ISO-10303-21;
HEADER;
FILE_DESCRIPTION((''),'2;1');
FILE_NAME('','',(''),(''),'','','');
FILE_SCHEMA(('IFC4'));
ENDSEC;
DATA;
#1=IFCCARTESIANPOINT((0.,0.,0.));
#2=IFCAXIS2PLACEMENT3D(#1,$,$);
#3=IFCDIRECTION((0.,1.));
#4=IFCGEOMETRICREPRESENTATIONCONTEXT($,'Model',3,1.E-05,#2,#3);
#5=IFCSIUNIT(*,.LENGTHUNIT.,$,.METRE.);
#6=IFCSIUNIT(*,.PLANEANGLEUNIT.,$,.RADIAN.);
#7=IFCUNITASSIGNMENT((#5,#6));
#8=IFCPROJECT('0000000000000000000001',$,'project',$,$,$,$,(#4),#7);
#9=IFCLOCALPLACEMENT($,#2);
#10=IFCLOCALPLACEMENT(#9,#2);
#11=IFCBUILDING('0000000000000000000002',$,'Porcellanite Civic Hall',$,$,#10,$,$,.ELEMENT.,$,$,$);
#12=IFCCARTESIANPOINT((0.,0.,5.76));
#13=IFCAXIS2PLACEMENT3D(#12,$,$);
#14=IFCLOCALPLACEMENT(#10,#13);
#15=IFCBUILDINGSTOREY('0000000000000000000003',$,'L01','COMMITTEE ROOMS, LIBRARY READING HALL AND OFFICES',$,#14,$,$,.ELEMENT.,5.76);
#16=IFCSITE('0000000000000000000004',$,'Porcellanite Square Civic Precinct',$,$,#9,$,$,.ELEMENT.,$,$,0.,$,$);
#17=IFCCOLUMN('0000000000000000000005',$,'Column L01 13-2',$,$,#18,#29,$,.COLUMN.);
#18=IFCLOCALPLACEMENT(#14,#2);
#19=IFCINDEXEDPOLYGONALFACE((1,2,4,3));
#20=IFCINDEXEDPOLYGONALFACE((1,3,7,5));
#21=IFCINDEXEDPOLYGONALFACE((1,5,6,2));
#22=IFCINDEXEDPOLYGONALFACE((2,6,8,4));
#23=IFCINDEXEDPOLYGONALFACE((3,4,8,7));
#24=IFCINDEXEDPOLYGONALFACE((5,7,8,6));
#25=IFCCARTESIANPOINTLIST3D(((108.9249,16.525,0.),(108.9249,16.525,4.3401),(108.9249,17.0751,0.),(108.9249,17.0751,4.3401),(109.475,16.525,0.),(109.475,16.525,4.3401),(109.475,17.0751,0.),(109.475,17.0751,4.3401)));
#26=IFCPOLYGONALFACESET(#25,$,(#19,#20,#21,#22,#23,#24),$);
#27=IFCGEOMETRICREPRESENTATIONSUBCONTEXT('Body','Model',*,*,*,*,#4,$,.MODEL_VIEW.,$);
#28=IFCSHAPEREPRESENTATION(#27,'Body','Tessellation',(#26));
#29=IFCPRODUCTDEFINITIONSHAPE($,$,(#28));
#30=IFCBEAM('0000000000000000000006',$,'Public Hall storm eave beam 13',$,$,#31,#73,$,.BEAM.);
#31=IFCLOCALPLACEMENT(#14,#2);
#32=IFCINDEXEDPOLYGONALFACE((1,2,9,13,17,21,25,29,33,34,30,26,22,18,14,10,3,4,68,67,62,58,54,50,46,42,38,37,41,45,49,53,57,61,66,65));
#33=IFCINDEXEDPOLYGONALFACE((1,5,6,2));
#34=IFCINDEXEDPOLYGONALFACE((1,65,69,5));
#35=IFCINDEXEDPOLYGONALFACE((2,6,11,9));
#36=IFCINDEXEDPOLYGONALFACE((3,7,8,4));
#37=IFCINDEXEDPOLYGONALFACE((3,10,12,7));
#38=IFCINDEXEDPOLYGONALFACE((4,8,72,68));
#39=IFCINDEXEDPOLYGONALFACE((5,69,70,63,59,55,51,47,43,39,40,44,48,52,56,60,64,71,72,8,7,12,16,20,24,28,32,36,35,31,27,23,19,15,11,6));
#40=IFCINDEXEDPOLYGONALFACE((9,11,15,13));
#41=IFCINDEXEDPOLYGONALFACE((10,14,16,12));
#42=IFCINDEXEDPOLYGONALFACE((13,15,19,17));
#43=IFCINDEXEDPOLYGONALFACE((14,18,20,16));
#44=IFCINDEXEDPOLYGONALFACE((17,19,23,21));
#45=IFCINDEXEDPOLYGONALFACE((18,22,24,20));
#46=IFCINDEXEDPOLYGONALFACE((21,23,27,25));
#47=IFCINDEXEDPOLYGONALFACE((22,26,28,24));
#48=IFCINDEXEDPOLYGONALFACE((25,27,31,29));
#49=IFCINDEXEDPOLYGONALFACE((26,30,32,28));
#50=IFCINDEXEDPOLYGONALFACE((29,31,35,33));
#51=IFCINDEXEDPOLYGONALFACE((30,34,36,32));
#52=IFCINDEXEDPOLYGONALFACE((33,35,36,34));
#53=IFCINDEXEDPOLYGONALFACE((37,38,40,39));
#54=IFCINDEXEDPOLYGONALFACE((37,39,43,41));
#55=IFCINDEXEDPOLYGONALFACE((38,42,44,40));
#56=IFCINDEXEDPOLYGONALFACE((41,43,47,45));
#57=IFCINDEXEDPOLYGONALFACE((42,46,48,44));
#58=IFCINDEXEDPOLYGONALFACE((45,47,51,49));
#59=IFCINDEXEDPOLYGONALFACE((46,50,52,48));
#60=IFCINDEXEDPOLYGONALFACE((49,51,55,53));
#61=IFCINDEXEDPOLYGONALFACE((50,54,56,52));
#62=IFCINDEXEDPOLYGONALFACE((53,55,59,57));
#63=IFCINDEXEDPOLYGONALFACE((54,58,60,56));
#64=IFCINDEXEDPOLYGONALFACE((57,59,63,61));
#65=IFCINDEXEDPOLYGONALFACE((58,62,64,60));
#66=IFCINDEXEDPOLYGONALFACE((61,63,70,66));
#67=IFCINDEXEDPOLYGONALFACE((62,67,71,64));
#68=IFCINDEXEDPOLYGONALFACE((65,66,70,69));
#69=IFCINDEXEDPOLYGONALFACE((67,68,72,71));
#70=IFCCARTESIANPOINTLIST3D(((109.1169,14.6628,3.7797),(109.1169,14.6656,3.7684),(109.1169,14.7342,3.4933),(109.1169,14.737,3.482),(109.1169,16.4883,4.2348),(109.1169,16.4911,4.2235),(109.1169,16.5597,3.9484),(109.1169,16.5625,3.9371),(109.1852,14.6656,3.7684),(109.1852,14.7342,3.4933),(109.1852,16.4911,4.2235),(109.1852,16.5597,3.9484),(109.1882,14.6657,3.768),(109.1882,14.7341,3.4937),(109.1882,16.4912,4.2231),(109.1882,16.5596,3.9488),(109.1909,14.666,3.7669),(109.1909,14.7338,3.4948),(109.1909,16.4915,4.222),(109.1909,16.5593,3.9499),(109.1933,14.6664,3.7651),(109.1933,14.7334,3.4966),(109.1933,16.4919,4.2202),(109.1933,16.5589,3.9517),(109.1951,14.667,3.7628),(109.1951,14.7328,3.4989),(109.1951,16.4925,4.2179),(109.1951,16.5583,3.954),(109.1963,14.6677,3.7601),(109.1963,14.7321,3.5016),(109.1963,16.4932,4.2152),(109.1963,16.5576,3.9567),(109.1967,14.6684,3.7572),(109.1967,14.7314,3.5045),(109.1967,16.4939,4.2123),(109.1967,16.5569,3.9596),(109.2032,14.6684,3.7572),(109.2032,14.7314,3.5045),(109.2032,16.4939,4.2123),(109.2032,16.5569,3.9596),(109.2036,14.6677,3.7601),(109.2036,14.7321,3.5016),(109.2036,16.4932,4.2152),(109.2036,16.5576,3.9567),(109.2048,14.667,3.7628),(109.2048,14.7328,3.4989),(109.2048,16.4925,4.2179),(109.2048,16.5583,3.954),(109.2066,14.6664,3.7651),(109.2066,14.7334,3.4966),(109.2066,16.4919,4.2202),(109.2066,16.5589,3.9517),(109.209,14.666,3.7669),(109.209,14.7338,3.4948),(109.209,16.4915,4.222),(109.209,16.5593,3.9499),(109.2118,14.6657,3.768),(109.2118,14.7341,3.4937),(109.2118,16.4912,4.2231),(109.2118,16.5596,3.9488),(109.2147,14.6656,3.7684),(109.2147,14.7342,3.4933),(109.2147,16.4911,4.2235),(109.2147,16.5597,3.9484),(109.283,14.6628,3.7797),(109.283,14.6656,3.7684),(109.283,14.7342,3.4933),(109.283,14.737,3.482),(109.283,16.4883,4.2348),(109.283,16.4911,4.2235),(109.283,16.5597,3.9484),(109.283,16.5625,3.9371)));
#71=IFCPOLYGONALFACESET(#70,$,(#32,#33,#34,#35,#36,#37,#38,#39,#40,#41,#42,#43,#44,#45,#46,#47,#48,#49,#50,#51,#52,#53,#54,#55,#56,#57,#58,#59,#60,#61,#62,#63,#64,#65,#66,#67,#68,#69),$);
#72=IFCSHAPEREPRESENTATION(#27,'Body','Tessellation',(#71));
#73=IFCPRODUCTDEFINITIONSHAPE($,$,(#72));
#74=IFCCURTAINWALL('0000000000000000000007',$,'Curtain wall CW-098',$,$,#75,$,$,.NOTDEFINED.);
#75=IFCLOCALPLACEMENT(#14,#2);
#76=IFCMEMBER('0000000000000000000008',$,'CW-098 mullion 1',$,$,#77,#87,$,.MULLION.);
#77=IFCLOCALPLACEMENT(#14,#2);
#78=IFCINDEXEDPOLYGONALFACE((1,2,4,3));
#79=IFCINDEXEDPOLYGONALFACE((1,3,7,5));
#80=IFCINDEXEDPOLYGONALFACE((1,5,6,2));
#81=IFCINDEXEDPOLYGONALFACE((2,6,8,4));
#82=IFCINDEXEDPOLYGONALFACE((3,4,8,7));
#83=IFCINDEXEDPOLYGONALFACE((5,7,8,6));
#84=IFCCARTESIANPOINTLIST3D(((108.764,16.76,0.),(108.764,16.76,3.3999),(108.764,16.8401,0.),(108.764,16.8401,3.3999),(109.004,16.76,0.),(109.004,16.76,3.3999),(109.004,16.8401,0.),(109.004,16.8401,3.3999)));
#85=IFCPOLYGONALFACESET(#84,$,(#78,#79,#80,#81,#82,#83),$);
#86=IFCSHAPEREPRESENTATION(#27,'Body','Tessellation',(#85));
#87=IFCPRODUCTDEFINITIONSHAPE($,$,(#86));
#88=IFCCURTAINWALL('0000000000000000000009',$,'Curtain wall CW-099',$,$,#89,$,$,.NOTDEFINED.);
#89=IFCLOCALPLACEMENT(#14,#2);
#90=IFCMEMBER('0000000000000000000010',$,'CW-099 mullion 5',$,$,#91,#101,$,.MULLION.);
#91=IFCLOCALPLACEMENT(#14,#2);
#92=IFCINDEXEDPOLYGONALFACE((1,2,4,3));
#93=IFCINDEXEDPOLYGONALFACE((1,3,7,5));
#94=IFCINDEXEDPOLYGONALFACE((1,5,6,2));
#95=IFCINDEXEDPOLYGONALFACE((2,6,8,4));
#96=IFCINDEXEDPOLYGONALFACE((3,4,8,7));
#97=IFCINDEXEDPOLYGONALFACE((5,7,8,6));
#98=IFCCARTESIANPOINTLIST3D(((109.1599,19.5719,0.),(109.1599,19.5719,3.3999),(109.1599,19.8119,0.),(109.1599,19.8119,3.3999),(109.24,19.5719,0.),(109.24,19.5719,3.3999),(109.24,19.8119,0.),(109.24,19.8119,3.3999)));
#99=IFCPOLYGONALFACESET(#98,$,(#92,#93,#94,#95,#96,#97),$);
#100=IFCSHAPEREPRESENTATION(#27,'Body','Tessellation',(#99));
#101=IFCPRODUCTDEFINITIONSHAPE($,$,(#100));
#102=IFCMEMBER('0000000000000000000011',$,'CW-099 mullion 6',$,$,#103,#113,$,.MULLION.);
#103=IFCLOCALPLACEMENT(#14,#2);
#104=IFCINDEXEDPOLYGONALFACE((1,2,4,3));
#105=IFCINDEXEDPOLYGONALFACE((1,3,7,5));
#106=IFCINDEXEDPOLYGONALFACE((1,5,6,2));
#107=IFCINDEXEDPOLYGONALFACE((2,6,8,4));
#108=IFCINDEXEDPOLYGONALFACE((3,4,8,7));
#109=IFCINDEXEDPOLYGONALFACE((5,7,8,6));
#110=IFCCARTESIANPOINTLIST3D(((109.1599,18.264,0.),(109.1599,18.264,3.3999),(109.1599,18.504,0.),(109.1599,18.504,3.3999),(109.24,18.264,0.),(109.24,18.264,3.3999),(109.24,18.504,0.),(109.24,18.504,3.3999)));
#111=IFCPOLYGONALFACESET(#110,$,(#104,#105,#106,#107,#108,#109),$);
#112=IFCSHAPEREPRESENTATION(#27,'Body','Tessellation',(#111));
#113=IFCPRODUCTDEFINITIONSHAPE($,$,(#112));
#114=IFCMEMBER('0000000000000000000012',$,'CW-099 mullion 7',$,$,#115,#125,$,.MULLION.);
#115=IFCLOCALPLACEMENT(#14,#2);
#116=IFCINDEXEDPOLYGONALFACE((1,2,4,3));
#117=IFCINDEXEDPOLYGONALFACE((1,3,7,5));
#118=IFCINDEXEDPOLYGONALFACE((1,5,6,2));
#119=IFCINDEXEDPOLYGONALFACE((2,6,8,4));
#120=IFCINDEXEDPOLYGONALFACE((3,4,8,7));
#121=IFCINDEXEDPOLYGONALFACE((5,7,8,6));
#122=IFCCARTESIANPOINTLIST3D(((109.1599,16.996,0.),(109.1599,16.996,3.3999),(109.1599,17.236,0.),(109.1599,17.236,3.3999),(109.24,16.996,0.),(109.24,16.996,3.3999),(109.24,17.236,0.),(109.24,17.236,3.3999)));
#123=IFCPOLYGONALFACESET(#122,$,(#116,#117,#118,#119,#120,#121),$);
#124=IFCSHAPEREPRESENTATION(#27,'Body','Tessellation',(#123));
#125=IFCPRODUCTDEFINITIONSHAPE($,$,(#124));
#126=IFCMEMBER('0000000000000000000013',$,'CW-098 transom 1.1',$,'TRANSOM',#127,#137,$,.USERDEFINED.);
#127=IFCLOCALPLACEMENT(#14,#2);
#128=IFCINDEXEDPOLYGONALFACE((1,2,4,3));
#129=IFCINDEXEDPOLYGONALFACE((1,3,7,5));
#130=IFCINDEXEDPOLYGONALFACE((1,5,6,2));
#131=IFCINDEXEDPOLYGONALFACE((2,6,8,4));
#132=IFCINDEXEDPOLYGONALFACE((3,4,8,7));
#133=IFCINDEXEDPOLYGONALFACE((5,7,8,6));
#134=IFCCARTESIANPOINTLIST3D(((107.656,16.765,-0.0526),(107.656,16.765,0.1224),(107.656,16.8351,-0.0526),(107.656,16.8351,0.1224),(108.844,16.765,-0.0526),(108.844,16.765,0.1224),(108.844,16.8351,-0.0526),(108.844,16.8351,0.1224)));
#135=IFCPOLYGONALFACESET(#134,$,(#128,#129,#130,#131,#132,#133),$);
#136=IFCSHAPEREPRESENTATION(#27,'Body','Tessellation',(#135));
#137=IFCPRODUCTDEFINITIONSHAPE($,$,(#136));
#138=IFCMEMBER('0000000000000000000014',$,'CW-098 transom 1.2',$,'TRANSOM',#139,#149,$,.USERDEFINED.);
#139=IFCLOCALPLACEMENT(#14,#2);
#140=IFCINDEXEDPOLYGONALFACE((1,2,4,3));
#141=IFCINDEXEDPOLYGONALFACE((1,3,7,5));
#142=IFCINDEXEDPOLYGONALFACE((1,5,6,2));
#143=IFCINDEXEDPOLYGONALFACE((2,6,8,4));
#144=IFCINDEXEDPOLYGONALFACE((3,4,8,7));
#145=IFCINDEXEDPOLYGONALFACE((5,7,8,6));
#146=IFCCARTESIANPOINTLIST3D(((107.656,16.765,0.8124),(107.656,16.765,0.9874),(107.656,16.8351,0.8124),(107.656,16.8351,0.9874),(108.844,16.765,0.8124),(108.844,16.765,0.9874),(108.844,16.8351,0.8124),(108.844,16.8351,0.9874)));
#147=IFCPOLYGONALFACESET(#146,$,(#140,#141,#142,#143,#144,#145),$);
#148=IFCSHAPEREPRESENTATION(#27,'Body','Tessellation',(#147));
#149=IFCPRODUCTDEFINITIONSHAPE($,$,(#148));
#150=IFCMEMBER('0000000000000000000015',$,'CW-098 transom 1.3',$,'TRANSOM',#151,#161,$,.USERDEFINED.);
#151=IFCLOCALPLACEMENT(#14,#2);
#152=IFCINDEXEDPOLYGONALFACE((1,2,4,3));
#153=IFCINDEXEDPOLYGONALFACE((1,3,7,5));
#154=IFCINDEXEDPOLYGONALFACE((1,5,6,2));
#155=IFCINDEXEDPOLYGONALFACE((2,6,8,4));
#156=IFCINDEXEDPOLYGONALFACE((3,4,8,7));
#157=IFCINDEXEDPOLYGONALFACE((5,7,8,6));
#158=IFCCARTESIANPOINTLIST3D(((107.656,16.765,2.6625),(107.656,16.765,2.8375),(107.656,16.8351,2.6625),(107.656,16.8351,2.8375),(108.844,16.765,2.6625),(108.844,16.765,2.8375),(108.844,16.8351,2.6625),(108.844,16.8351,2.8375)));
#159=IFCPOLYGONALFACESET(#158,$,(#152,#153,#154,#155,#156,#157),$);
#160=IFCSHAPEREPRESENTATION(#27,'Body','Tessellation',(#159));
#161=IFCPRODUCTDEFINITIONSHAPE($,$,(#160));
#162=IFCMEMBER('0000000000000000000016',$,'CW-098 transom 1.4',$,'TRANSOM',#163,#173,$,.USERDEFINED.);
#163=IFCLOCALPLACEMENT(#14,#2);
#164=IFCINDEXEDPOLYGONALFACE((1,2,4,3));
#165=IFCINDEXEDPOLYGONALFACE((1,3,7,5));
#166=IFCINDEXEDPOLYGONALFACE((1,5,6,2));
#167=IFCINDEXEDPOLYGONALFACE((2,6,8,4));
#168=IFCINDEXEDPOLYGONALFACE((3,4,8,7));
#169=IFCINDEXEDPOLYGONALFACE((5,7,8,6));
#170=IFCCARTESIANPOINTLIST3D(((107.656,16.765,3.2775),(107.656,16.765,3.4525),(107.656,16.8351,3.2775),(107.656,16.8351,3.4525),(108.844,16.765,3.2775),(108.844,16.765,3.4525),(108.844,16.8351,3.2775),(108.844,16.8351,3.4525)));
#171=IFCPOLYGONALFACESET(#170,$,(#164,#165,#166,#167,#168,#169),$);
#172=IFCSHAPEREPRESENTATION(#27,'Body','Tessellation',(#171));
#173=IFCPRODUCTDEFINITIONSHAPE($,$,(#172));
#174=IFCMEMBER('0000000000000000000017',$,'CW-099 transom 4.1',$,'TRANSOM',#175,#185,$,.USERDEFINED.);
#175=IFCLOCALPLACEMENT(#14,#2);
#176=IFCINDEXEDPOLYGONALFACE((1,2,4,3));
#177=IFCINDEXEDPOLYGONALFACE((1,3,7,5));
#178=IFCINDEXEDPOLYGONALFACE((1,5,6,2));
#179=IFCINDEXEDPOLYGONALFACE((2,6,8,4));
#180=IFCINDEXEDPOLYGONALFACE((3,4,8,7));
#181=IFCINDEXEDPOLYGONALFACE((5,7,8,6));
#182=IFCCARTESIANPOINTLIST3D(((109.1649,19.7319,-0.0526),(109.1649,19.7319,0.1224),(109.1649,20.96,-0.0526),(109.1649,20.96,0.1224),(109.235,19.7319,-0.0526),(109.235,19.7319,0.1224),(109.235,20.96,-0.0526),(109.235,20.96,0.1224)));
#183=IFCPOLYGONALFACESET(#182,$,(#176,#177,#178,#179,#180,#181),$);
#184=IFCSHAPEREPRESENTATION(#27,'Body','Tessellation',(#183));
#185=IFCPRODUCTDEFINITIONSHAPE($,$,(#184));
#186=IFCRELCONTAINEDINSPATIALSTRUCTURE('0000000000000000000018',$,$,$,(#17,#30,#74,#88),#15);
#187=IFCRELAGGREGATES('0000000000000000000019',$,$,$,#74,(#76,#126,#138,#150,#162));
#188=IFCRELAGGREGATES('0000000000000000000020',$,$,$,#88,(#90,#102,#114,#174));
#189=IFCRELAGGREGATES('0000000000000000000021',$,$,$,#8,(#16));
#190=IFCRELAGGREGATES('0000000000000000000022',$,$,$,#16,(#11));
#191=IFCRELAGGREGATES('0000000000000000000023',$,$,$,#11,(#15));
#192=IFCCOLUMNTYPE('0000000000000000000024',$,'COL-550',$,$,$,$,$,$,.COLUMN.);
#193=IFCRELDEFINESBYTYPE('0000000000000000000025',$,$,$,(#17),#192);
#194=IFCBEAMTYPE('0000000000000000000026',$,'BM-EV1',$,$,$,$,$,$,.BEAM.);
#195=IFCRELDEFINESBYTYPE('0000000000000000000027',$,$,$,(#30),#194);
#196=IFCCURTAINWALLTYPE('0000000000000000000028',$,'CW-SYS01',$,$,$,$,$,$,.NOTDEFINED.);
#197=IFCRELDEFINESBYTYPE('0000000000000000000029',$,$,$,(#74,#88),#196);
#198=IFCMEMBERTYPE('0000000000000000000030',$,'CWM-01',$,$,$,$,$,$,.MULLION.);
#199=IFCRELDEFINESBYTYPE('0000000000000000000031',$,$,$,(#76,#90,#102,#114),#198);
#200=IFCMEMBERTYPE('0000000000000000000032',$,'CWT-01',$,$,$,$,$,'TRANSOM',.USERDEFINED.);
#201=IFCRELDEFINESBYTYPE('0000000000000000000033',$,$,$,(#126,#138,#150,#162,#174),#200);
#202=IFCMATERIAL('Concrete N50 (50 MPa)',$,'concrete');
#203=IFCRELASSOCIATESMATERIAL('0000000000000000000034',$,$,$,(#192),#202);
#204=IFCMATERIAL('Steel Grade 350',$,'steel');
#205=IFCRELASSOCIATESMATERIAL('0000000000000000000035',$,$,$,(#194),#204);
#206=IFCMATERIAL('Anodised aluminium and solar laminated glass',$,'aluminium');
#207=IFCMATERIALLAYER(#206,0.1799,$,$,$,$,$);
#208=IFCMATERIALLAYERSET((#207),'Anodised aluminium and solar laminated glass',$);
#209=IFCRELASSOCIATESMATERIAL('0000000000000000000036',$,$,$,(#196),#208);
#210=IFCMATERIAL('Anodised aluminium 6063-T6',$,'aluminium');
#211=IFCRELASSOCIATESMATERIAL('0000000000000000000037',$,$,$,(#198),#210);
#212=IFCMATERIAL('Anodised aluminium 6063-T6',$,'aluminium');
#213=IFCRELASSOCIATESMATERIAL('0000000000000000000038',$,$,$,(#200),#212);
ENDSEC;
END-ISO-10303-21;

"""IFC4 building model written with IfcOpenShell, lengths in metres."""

from ifc_helpers import new_model, si_unit, direction, frame, origin, origin_2d, place, context, subcontext, project, spatial, rectangle, i_section, extrude, material, layer, layer_set, material_profile, profile_set, type_object, element, aggregate, save


model = new_model("IFC4")

# Units and contexts
model_context = context("Model", 3, precision=1e-05, world=origin(), true_north=direction((0.0, 1.0)))
body_context = subcontext(model_context, "Body", "Model", "MODEL_VIEW")
ifc_project = project(units=[si_unit("LENGTHUNIT", "METRE"), si_unit("PLANEANGLEUNIT", "RADIAN")], contexts=[model_context])

# Site, building, storey
site_placement = place(None, origin())
site = spatial("IfcSite", under=ifc_project, at=site_placement, Name="Porcellanite Square Civic Precinct", CompositionType="ELEMENT", RefElevation=0.0)
building_placement = place(site_placement, origin())
building = spatial("IfcBuilding", under=site, at=building_placement, Name="Porcellanite Civic Hall", CompositionType="ELEMENT")
storey_placement = place(building_placement, frame((0.0, 0.0, 5.76)))
storey = spatial("IfcBuildingStorey", under=building, at=storey_placement, Name="L01", Description="COMMITTEE ROOMS, LIBRARY READING HALL AND OFFICES", CompositionType="ELEMENT", Elevation=5.76)

# Column
ifc_material_1 = material(Name="Concrete N50 (50 MPa)", Category="concrete")
ifc_material_profile_1 = material_profile(ifc_material_1, rectangle(XDim=0.55, YDim=0.55, at=origin_2d()), Name="RC-550x550")
ifc_profile_set_1 = profile_set([ifc_material_profile_1], Name="Concrete N50 (50 MPa)")
column_type = type_object("IfcColumnType", Name="COL-550", PredefinedType="COLUMN", material=ifc_profile_set_1)
column_placement = place(storey_placement, frame((109.2, 16.8, 0.0), z_axis=(0.0, 0.0, 1.0), x_axis=(1.0, 0.0, 0.0)))
element("IfcColumn", 1, at=column_placement, inside=storey, type_object=column_type, Name="Column L01 13-2", PredefinedType="COLUMN", context=body_context, shape_type="SweptSolid", body=[
    extrude(rectangle(XDim=0.55, YDim=0.55, at=origin_2d()), origin(), (0.0, 0.0, 1.0), 4.3401),
])

# Beam
ifc_material_2 = material(Name="Steel Grade 350", Category="steel")
ifc_material_profile_2 = material_profile(ifc_material_2, i_section(OverallWidth=0.166, OverallDepth=0.3069, WebThickness=0.0066, FlangeThickness=0.0117, FilletRadius=0.0115, at=origin_2d()), Name="310UB46.2")
ifc_profile_set_2 = profile_set([ifc_material_profile_2], Name="Steel Grade 350")
beam_type_1 = type_object("IfcBeamType", Name="BM-EV1", PredefinedType="BEAM", material=ifc_profile_set_2)
beam_1_placement = place(storey_placement, frame((109.2, 16.5254, 4.0859), z_axis=(0.0, -0.970303, -0.241894), x_axis=(1.0, 0.0, 0.0)))
element("IfcBeam", 2, at=beam_1_placement, inside=storey, type_object=beam_type_1, Name="Public Hall storm eave beam 13", PredefinedType="BEAM", context=body_context, shape_type="SweptSolid", body=[
    extrude(i_section(OverallWidth=0.166, OverallDepth=0.3069, WebThickness=0.0066, FlangeThickness=0.0117, FilletRadius=0.0115, at=origin_2d()), origin(), (0.0, 0.0, 1.0), 1.8813),
])

# Curtain wall, member
ifc_material_3 = material(Name="Anodised aluminium and solar laminated glass", Category="aluminium")
ifc_layer_1 = layer(ifc_material_3, 0.1799)
ifc_layer_set_1 = layer_set([ifc_layer_1], Name="Anodised aluminium and solar laminated glass")
curtain_wall_type = type_object("IfcCurtainWallType", Name="CW-SYS01", PredefinedType="NOTDEFINED", material=ifc_layer_set_1)
curtain_wall_1_placement = place(storey_placement, origin())
curtain_wall_1 = element("IfcCurtainWall", 3, at=curtain_wall_1_placement, inside=storey, type_object=curtain_wall_type, Name="Curtain wall CW-098", PredefinedType="NOTDEFINED")
ifc_material_4 = material(Name="Anodised aluminium 6063-T6", Category="aluminium")
ifc_material_profile_3 = material_profile(ifc_material_4, rectangle(XDim=0.0801, YDim=0.24, at=origin_2d()), Name="AL-80x240")
ifc_profile_set_3 = profile_set([ifc_material_profile_3], Name="Anodised aluminium 6063-T6")
member_type_1 = type_object("IfcMemberType", Name="CWM-01", PredefinedType="MULLION", material=ifc_profile_set_3)
member_1_placement = place(storey_placement, frame((108.884, 16.8, 0.0), z_axis=(0.0, 0.0, 1.0), x_axis=(0.0, -1.0, 0.0)))
member_1 = element("IfcMember", 4, at=member_1_placement, type_object=member_type_1, Name="CW-098 mullion 1", PredefinedType="MULLION", context=body_context, shape_type="SweptSolid", body=[
    extrude(rectangle(XDim=0.0801, YDim=0.24, at=origin_2d()), origin(), (0.0, 0.0, 1.0), 3.3999),
])

# Curtain wall, members
curtain_wall_2_placement = place(storey_placement, origin())
curtain_wall_2 = element("IfcCurtainWall", 5, at=curtain_wall_2_placement, inside=storey, type_object=curtain_wall_type, Name="Curtain wall CW-099", PredefinedType="NOTDEFINED")
member_2_placement = place(storey_placement, frame((109.2, 19.6919, 0.0), z_axis=(0.0, 0.0, 1.0), x_axis=(1.0, 0.0, 0.0)))
member_2 = element("IfcMember", 6, at=member_2_placement, type_object=member_type_1, Name="CW-099 mullion 5", PredefinedType="MULLION", context=body_context, shape_type="SweptSolid", body=[
    extrude(rectangle(XDim=0.0801, YDim=0.24, at=origin_2d()), origin(), (0.0, 0.0, 1.0), 3.3999),
])
member_3_placement = place(storey_placement, frame((109.2, 18.384, 0.0), z_axis=(0.0, 0.0, 1.0), x_axis=(1.0, 0.0, 0.0)))
member_3 = element("IfcMember", 7, at=member_3_placement, type_object=member_type_1, Name="CW-099 mullion 6", PredefinedType="MULLION", context=body_context, shape_type="SweptSolid", body=[
    extrude(rectangle(XDim=0.0801, YDim=0.24, at=origin_2d()), origin(), (0.0, 0.0, 1.0), 3.3999),
])
member_4_placement = place(storey_placement, frame((109.2, 17.116, 0.0), z_axis=(0.0, 0.0, 1.0), x_axis=(1.0, 0.0, 0.0)))
member_4 = element("IfcMember", 8, at=member_4_placement, type_object=member_type_1, Name="CW-099 mullion 7", PredefinedType="MULLION", context=body_context, shape_type="SweptSolid", body=[
    extrude(rectangle(XDim=0.0801, YDim=0.24, at=origin_2d()), origin(), (0.0, 0.0, 1.0), 3.3999),
])

# Members
ifc_material_5 = material(Name="Anodised aluminium 6063-T6", Category="aluminium")
ifc_material_profile_4 = material_profile(ifc_material_5, rectangle(XDim=0.0701, YDim=0.175, at=origin_2d()), Name="AL-70x175")
ifc_profile_set_4 = profile_set([ifc_material_profile_4], Name="Anodised aluminium 6063-T6")
member_type_2 = type_object("IfcMemberType", Name="CWT-01", ElementType="TRANSOM", PredefinedType="USERDEFINED", material=ifc_profile_set_4)
member_5_placement = place(storey_placement, frame((108.844, 16.8, 0.0349), z_axis=(-1.0, 0.0, 0.0), x_axis=(0.0, -1.0, 0.0)))
member_5 = element("IfcMember", 9, at=member_5_placement, type_object=member_type_2, Name="CW-098 transom 1.1", ObjectType="TRANSOM", PredefinedType="USERDEFINED", context=body_context, shape_type="SweptSolid", body=[
    extrude(rectangle(XDim=0.0701, YDim=0.175, at=origin_2d()), origin(), (0.0, 0.0, 1.0), 1.188),
])
member_6_placement = place(storey_placement, frame((108.844, 16.8, 0.8999), z_axis=(-1.0, 0.0, 0.0), x_axis=(0.0, -1.0, 0.0)))
member_6 = element("IfcMember", 10, at=member_6_placement, type_object=member_type_2, Name="CW-098 transom 1.2", ObjectType="TRANSOM", PredefinedType="USERDEFINED", context=body_context, shape_type="SweptSolid", body=[
    extrude(rectangle(XDim=0.0701, YDim=0.175, at=origin_2d()), origin(), (0.0, 0.0, 1.0), 1.188),
])
member_7_placement = place(storey_placement, frame((108.844, 16.8, 2.75), z_axis=(-1.0, 0.0, 0.0), x_axis=(0.0, -1.0, 0.0)))
member_7 = element("IfcMember", 11, at=member_7_placement, type_object=member_type_2, Name="CW-098 transom 1.3", ObjectType="TRANSOM", PredefinedType="USERDEFINED", context=body_context, shape_type="SweptSolid", body=[
    extrude(rectangle(XDim=0.0701, YDim=0.175, at=origin_2d()), origin(), (0.0, 0.0, 1.0), 1.188),
])
member_8_placement = place(storey_placement, frame((108.844, 16.8, 3.365), z_axis=(-1.0, 0.0, 0.0), x_axis=(0.0, -1.0, 0.0)))
member_8 = element("IfcMember", 12, at=member_8_placement, type_object=member_type_2, Name="CW-098 transom 1.4", ObjectType="TRANSOM", PredefinedType="USERDEFINED", context=body_context, shape_type="SweptSolid", body=[
    extrude(rectangle(XDim=0.0701, YDim=0.175, at=origin_2d()), origin(), (0.0, 0.0, 1.0), 1.188),
])
member_9_placement = place(storey_placement, frame((109.2, 20.96, 0.0349), z_axis=(0.0, -1.0, 0.0), x_axis=(1.0, 0.0, 0.0)))
member_9 = element("IfcMember", 13, at=member_9_placement, type_object=member_type_2, Name="CW-099 transom 4.1", ObjectType="TRANSOM", PredefinedType="USERDEFINED", context=body_context, shape_type="SweptSolid", body=[
    extrude(rectangle(XDim=0.0701, YDim=0.175, at=origin_2d()), origin(), (0.0, 0.0, 1.0), 1.228),
])

aggregate(curtain_wall_1, [member_1, member_5, member_6, member_7, member_8])
aggregate(curtain_wall_2, [member_2, member_3, member_4, member_9])

save(model, "model.ifc")
